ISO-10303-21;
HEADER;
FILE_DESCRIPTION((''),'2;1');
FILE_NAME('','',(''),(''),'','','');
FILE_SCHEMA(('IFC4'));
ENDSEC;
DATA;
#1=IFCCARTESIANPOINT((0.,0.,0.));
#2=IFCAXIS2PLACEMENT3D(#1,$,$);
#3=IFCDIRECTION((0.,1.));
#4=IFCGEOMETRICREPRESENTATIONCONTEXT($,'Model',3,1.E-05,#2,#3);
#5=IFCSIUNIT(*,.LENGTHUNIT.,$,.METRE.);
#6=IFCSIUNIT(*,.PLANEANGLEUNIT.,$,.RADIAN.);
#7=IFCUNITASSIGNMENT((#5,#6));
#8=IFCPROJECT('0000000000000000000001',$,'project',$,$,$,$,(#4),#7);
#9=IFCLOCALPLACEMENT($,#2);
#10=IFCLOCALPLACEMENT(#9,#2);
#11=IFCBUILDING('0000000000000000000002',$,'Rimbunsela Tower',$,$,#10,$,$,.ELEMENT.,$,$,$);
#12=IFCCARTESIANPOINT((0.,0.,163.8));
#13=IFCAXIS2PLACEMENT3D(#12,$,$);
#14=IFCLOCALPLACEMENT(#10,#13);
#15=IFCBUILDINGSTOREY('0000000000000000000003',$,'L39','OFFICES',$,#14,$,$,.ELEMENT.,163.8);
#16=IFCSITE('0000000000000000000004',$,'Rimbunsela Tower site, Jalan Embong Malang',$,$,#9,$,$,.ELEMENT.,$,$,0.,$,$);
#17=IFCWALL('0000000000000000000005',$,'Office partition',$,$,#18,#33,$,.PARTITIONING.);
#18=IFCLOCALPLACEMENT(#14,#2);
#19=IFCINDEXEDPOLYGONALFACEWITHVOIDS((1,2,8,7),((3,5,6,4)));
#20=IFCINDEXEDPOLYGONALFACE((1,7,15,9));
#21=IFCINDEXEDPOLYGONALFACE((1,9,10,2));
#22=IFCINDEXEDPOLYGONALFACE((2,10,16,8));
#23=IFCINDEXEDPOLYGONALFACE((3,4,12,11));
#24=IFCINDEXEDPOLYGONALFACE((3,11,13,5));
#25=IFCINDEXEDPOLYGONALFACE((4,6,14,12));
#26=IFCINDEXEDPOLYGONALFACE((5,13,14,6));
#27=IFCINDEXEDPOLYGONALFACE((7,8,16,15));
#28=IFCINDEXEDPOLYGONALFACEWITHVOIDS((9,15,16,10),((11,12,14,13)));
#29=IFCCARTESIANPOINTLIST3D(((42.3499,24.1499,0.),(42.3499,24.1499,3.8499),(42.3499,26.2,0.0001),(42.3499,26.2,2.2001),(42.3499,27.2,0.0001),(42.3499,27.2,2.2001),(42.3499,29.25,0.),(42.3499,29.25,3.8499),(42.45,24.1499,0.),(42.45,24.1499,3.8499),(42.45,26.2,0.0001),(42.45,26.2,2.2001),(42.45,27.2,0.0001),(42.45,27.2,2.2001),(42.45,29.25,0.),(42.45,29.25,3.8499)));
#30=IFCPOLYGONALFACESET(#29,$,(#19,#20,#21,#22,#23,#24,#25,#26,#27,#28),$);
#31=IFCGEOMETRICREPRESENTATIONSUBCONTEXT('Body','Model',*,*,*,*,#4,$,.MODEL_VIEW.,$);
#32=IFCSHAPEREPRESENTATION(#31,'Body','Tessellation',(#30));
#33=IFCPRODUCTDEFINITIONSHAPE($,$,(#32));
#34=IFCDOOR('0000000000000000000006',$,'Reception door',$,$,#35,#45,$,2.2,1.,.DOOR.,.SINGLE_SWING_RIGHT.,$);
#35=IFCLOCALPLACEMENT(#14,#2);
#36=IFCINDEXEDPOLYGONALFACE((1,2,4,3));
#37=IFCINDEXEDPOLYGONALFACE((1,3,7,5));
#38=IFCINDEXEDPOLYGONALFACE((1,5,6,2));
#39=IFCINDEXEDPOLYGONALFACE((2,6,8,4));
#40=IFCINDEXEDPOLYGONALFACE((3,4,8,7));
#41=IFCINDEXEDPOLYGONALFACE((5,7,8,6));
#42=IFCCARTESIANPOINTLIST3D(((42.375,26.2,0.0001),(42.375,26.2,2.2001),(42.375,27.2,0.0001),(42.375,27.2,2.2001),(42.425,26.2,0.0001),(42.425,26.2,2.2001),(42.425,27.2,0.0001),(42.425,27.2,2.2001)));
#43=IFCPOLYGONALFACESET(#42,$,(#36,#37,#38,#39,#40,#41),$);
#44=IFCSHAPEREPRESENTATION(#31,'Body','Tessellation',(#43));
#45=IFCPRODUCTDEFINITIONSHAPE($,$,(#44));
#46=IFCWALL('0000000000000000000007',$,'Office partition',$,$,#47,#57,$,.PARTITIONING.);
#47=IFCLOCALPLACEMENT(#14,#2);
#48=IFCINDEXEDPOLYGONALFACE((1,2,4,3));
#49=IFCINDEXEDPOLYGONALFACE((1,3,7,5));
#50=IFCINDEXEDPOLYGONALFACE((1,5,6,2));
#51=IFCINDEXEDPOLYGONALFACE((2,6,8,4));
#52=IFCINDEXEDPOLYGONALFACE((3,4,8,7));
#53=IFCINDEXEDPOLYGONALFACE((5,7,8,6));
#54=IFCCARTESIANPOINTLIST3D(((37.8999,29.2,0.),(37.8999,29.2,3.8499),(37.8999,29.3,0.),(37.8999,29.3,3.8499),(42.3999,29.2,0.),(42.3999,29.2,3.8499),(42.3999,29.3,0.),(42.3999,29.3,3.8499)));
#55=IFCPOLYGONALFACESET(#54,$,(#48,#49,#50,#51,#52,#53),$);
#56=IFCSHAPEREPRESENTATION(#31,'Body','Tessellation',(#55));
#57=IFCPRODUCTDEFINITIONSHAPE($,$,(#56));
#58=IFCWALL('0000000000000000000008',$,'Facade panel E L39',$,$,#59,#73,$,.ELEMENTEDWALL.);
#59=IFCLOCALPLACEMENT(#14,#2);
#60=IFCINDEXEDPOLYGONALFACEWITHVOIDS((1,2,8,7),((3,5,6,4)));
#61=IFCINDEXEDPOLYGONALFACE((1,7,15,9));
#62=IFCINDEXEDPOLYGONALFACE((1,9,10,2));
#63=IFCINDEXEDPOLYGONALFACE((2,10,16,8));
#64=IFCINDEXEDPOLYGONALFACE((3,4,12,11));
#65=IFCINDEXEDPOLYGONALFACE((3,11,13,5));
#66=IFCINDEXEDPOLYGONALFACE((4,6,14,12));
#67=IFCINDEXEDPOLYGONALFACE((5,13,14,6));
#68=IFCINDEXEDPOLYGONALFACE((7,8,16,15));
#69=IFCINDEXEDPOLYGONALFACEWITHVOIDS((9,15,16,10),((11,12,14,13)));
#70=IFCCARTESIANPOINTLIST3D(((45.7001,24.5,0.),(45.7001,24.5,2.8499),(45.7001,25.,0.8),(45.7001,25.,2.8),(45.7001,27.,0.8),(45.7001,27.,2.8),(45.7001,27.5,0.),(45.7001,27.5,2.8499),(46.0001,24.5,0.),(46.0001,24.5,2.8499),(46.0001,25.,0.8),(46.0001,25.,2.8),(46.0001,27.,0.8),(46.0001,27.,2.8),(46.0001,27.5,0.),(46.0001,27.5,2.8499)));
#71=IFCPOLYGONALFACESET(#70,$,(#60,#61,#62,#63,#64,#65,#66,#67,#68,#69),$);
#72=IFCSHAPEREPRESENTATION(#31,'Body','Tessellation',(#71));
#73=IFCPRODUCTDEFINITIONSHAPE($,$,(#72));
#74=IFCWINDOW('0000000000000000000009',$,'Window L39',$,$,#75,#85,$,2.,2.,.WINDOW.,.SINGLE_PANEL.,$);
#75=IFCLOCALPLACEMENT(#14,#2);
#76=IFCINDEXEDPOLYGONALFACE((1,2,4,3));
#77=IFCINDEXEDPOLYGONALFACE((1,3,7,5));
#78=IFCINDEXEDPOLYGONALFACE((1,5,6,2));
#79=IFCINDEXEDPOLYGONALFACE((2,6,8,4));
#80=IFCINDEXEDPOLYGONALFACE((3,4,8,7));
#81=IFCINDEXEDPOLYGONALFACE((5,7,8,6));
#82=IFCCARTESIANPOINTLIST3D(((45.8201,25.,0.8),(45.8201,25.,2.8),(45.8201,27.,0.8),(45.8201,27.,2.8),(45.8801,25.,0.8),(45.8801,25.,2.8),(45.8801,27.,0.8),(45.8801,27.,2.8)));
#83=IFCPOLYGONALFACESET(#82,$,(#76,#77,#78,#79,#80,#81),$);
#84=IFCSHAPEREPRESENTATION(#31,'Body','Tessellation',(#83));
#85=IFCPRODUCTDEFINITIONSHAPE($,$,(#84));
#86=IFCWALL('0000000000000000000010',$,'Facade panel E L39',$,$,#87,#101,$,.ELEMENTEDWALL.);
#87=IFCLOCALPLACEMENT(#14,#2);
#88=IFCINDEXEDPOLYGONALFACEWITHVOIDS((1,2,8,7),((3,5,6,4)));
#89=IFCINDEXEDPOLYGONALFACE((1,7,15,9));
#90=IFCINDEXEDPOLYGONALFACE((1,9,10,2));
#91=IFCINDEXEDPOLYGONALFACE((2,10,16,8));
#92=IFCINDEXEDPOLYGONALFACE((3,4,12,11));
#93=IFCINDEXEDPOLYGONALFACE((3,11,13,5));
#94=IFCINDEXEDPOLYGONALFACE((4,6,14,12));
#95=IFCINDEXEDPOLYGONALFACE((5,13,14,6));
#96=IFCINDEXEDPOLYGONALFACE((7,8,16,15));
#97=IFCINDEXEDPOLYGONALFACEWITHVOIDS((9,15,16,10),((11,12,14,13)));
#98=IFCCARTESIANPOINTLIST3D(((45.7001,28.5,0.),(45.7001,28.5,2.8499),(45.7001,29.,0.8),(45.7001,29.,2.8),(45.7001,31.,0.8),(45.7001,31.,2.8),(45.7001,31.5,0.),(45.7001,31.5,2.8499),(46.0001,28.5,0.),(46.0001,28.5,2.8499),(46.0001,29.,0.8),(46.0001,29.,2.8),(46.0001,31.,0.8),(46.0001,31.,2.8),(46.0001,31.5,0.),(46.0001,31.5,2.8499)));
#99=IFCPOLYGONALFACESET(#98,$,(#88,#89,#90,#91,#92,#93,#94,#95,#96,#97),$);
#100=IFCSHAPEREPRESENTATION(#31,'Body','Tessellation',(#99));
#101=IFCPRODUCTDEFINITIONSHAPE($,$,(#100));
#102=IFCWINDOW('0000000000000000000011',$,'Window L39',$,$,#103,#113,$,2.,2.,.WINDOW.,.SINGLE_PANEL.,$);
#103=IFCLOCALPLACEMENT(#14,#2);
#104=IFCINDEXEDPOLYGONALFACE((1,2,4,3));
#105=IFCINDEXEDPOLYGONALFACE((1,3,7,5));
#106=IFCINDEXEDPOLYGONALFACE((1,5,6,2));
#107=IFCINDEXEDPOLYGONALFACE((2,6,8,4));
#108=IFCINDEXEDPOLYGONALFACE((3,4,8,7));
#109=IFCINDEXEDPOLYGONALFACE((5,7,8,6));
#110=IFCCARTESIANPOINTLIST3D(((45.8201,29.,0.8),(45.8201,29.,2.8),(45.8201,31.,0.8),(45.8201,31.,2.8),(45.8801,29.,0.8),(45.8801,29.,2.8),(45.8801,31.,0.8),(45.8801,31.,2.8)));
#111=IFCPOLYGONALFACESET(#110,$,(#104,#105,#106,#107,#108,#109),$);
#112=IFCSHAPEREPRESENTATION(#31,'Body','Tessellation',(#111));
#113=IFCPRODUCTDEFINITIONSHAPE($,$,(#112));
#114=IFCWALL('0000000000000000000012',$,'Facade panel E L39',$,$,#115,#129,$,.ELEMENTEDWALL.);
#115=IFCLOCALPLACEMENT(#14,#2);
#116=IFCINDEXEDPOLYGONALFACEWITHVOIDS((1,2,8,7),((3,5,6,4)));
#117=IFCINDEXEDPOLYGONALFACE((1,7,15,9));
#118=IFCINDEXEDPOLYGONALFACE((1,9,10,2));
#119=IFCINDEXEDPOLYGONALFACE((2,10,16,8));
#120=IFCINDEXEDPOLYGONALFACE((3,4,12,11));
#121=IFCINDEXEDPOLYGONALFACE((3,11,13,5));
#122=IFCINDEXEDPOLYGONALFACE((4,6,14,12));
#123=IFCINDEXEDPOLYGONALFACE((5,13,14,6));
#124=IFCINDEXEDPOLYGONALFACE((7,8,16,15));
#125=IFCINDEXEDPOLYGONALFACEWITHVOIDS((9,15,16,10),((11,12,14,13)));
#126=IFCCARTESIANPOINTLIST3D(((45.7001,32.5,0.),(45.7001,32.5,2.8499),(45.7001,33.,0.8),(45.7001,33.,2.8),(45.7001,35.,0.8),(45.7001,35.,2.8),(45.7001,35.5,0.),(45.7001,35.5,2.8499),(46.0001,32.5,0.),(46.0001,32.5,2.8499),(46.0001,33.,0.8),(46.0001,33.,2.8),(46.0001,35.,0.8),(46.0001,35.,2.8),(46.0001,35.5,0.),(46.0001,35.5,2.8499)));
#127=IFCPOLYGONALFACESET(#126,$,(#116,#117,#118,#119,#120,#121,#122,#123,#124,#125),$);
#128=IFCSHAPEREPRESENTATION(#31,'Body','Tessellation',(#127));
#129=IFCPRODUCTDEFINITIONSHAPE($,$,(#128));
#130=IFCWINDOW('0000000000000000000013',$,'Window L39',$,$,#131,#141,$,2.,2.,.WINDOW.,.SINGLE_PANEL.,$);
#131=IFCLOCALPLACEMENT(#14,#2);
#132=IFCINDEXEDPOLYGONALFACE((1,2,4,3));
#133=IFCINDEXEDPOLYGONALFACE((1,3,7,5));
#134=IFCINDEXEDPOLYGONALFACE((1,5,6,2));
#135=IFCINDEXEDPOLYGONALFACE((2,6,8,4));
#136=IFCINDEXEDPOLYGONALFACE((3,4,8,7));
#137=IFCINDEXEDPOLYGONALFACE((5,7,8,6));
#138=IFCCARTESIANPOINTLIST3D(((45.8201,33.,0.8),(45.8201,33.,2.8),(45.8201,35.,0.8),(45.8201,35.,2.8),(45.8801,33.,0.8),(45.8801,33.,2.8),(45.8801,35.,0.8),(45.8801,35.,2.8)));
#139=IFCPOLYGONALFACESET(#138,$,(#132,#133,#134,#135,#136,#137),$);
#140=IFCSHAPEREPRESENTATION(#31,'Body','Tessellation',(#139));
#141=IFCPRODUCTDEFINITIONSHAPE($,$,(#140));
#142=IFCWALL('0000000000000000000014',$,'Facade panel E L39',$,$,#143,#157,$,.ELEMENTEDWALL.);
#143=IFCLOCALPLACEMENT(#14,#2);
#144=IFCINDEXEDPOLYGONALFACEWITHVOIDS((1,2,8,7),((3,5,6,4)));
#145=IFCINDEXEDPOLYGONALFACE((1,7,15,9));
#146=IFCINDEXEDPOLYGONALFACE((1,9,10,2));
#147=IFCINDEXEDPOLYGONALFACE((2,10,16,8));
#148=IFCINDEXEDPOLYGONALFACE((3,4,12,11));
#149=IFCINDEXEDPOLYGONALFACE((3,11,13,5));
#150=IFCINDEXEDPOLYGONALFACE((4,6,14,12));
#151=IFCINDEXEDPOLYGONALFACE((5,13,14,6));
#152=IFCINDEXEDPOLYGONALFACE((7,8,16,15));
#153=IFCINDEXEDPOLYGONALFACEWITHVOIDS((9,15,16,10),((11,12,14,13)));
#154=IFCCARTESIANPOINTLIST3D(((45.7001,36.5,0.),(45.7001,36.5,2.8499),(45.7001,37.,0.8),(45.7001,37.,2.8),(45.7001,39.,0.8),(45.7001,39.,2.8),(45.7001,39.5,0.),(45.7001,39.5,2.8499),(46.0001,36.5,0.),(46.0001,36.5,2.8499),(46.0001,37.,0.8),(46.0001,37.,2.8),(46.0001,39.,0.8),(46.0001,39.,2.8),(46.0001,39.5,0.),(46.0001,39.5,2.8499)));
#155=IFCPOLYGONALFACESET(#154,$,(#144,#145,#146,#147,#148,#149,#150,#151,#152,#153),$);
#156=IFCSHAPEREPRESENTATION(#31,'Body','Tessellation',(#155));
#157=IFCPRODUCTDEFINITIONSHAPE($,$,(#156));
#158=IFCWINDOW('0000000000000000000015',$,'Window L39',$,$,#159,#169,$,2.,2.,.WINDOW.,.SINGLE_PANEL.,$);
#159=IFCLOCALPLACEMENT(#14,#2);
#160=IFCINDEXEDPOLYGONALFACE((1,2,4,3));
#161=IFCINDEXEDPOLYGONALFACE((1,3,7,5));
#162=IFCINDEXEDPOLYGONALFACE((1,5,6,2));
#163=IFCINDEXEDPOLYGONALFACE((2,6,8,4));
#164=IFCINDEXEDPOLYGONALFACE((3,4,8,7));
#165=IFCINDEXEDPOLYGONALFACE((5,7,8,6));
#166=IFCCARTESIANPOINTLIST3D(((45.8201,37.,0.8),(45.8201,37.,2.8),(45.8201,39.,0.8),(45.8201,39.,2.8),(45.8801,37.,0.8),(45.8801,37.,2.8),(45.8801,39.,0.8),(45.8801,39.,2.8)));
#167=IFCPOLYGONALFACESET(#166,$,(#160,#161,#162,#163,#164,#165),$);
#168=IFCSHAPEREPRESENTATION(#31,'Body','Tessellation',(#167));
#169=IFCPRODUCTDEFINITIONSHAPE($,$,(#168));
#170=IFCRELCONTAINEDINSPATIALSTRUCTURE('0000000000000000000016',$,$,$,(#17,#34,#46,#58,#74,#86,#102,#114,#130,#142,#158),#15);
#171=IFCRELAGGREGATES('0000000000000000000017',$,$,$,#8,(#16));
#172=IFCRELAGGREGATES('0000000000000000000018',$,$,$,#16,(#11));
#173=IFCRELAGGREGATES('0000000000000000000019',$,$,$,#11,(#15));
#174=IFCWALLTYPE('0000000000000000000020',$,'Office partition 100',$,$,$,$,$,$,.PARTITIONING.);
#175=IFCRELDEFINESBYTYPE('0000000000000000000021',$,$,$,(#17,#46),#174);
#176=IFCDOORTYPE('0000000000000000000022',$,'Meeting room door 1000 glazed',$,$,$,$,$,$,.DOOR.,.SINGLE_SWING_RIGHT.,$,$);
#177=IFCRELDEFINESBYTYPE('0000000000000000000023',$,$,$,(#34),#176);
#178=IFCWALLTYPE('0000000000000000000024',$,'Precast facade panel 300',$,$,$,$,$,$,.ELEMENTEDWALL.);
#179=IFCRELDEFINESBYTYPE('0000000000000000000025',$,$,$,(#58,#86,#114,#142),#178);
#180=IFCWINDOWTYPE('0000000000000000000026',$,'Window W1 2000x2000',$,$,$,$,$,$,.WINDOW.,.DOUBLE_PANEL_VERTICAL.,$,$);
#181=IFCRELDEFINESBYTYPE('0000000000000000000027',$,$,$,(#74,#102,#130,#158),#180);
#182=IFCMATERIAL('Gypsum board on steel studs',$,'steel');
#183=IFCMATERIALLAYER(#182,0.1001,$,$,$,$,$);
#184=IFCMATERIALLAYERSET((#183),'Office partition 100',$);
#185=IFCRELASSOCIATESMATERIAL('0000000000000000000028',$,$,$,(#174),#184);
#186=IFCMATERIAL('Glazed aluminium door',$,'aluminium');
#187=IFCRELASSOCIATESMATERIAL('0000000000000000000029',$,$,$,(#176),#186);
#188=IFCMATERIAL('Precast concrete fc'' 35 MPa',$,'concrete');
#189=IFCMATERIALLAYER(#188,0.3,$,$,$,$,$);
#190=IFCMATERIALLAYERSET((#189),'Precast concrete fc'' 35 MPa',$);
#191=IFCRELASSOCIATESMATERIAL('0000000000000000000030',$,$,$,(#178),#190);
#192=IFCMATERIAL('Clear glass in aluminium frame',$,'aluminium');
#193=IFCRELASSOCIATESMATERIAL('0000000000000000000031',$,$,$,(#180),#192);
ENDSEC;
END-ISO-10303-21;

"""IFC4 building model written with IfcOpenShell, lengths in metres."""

from ifc_helpers import new_model, si_unit, direction, frame, frame_2d, origin, place, context, subcontext, project, spatial, rectangle, extrude, material, layer, layer_set, type_object, element, fill, save


model = new_model("IFC4")

# Units and contexts
model_context = context("Model", 3, precision=1e-05, world=origin(), true_north=direction((0.0, 1.0)))
body_context = subcontext(model_context, "Body", "Model", "MODEL_VIEW")
ifc_project = project(units=[si_unit("LENGTHUNIT", "METRE"), si_unit("PLANEANGLEUNIT", "RADIAN")], contexts=[model_context])

# Site, building, storey
site_placement = place(None, origin())
site = spatial("IfcSite", under=ifc_project, at=site_placement, Name="Rimbunsela Tower site, Jalan Embong Malang", CompositionType="ELEMENT", RefElevation=0.0)
building_placement = place(site_placement, origin())
building = spatial("IfcBuilding", under=site, at=building_placement, Name="Rimbunsela Tower", CompositionType="ELEMENT")
storey_placement = place(building_placement, frame((0.0, 0.0, 163.8)))
storey = spatial("IfcBuildingStorey", under=building, at=storey_placement, Name="L39", Description="OFFICES", CompositionType="ELEMENT", Elevation=163.8)

# Wall, opening, door
ifc_material_1 = material(Name="Gypsum board on steel studs", Category="steel")
ifc_layer_1 = layer(ifc_material_1, 0.1001)
ifc_layer_set_1 = layer_set([ifc_layer_1], Name="Office partition 100")
wall_type_1 = type_object("IfcWallType", Name="Office partition 100", PredefinedType="PARTITIONING", material=ifc_layer_set_1)
wall_1_placement = place(storey_placement, frame((42.3999, 24.1499, 0.0), z_axis=(0.0, 0.0, 1.0), x_axis=(0.0, 1.0, 0.0)))
wall_1 = element("IfcWall", 1, at=wall_1_placement, inside=storey, type_object=wall_type_1, Name="Office partition", PredefinedType="PARTITIONING", context=body_context, shape_type="SweptSolid", body=[
    extrude(rectangle(XDim=5.1001, YDim=0.1001, at=frame_2d((2.55, 0.0))), origin(), (0.0, 0.0, 1.0), 3.8499),
])
opening_1_placement = place(wall_1_placement, frame((2.05, 0.0, 0.0)))
opening_1 = element("IfcOpeningElement", 2, at=opening_1_placement, cuts=wall_1, PredefinedType="OPENING", context=body_context, shape_type="SweptSolid", body=[
    extrude(rectangle(XDim=1.0, YDim=2.2, at=frame_2d((0.5, 1.1001))), frame((0.0, 0.0601, 0.0), z_axis=(0.0, -1.0, 0.0), x_axis=(1.0, 0.0, 0.0)), (0.0, 0.0, 1.0), 0.1201),
])
ifc_material_2 = material(Name="Glazed aluminium door", Category="aluminium")
door_type = type_object("IfcDoorType", Name="Meeting room door 1000 glazed", OperationType="SINGLE_SWING_RIGHT", PredefinedType="DOOR", material=ifc_material_2)
door_placement = place(opening_1_placement, origin())
door = element("IfcDoor", 3, at=door_placement, inside=storey, type_object=door_type, Name="Reception door", OperationType="SINGLE_SWING_RIGHT", OverallHeight=2.2, OverallWidth=1.0, PredefinedType="DOOR", context=body_context, shape_type="SweptSolid", body=[
    extrude(rectangle(XDim=1.0, YDim=2.2, at=frame_2d((0.5, 1.1001))), frame((0.0, 0.0249, 0.0), z_axis=(0.0, -1.0, 0.0), x_axis=(1.0, 0.0, 0.0)), (0.0, 0.0, 1.0), 0.05),
])
fill(opening_1, door)

# Wall
wall_2_placement = place(storey_placement, frame((42.3999, 29.25, 0.0), z_axis=(0.0, 0.0, 1.0), x_axis=(-1.0, 0.0, 0.0)))
element("IfcWall", 4, at=wall_2_placement, inside=storey, type_object=wall_type_1, Name="Office partition", PredefinedType="PARTITIONING", context=body_context, shape_type="SweptSolid", body=[
    extrude(rectangle(XDim=4.5, YDim=0.1001, at=frame_2d((2.25, 0.0))), origin(), (0.0, 0.0, 1.0), 3.8499),
])

# Walls, openings, windows
ifc_material_3 = material(Name="Precast concrete fc' 35 MPa", Category="concrete")
ifc_layer_2 = layer(ifc_material_3, 0.3)
ifc_layer_set_2 = layer_set([ifc_layer_2], Name="Precast concrete fc' 35 MPa")
wall_type_2 = type_object("IfcWallType", Name="Precast facade panel 300", PredefinedType="ELEMENTEDWALL", material=ifc_layer_set_2)
wall_3_placement = place(storey_placement, frame((45.8501, 24.5, 0.0), z_axis=(0.0, 0.0, 1.0), x_axis=(0.0, 1.0, 0.0)))
wall_3 = element("IfcWall", 5, at=wall_3_placement, inside=storey, type_object=wall_type_2, Name="Facade panel E L39", PredefinedType="ELEMENTEDWALL", context=body_context, shape_type="SweptSolid", body=[
    extrude(rectangle(XDim=3.0, YDim=0.3, at=frame_2d((1.5, 0.0))), origin(), (0.0, 0.0, 1.0), 2.8499),
])
opening_2_placement = place(wall_3_placement, frame((0.5, 0.0, 0.8)))
opening_2 = element("IfcOpeningElement", 6, at=opening_2_placement, cuts=wall_3, PredefinedType="OPENING", context=body_context, shape_type="SweptSolid", body=[
    extrude(rectangle(XDim=2.0, YDim=2.0, at=frame_2d((1.0, 1.0))), frame((0.0, 0.1599, 0.0), z_axis=(0.0, -1.0, 0.0), x_axis=(1.0, 0.0, 0.0)), (0.0, 0.0, 1.0), 0.3201),
])
ifc_material_4 = material(Name="Clear glass in aluminium frame", Category="aluminium")
window_type = type_object("IfcWindowType", Name="Window W1 2000x2000", PartitioningType="DOUBLE_PANEL_VERTICAL", PredefinedType="WINDOW", material=ifc_material_4)
window_1_placement = place(opening_2_placement, origin())
window_1 = element("IfcWindow", 7, at=window_1_placement, inside=storey, type_object=window_type, Name="Window L39", OverallHeight=2.0, OverallWidth=2.0, PartitioningType="SINGLE_PANEL", PredefinedType="WINDOW", context=body_context, shape_type="SweptSolid", body=[
    extrude(rectangle(XDim=2.0, YDim=2.0, at=frame_2d((1.0, 1.0))), frame((0.0, 0.03, 0.0), z_axis=(0.0, -1.0, 0.0), x_axis=(1.0, 0.0, 0.0)), (0.0, 0.0, 1.0), 0.0601),
])
fill(opening_2, window_1)
wall_4_placement = place(storey_placement, frame((45.8501, 28.5, 0.0), z_axis=(0.0, 0.0, 1.0), x_axis=(0.0, 1.0, 0.0)))
wall_4 = element("IfcWall", 8, at=wall_4_placement, inside=storey, type_object=wall_type_2, Name="Facade panel E L39", PredefinedType="ELEMENTEDWALL", context=body_context, shape_type="SweptSolid", body=[
    extrude(rectangle(XDim=3.0, YDim=0.3, at=frame_2d((1.5, 0.0))), origin(), (0.0, 0.0, 1.0), 2.8499),
])
opening_3_placement = place(wall_4_placement, frame((0.5, 0.0, 0.8)))
opening_3 = element("IfcOpeningElement", 9, at=opening_3_placement, cuts=wall_4, PredefinedType="OPENING", context=body_context, shape_type="SweptSolid", body=[
    extrude(rectangle(XDim=2.0, YDim=2.0, at=frame_2d((1.0, 1.0))), frame((0.0, 0.1599, 0.0), z_axis=(0.0, -1.0, 0.0), x_axis=(1.0, 0.0, 0.0)), (0.0, 0.0, 1.0), 0.3201),
])
window_2_placement = place(opening_3_placement, origin())
window_2 = element("IfcWindow", 10, at=window_2_placement, inside=storey, type_object=window_type, Name="Window L39", OverallHeight=2.0, OverallWidth=2.0, PartitioningType="SINGLE_PANEL", PredefinedType="WINDOW", context=body_context, shape_type="SweptSolid", body=[
    extrude(rectangle(XDim=2.0, YDim=2.0, at=frame_2d((1.0, 1.0))), frame((0.0, 0.03, 0.0), z_axis=(0.0, -1.0, 0.0), x_axis=(1.0, 0.0, 0.0)), (0.0, 0.0, 1.0), 0.0601),
])
fill(opening_3, window_2)
wall_5_placement = place(storey_placement, frame((45.8501, 32.5, 0.0), z_axis=(0.0, 0.0, 1.0), x_axis=(0.0, 1.0, 0.0)))
wall_5 = element("IfcWall", 11, at=wall_5_placement, inside=storey, type_object=wall_type_2, Name="Facade panel E L39", PredefinedType="ELEMENTEDWALL", context=body_context, shape_type="SweptSolid", body=[
    extrude(rectangle(XDim=3.0, YDim=0.3, at=frame_2d((1.5, 0.0))), origin(), (0.0, 0.0, 1.0), 2.8499),
])
opening_4_placement = place(wall_5_placement, frame((0.5, 0.0, 0.8)))
opening_4 = element("IfcOpeningElement", 12, at=opening_4_placement, cuts=wall_5, PredefinedType="OPENING", context=body_context, shape_type="SweptSolid", body=[
    extrude(rectangle(XDim=2.0, YDim=2.0, at=frame_2d((1.0, 1.0))), frame((0.0, 0.1599, 0.0), z_axis=(0.0, -1.0, 0.0), x_axis=(1.0, 0.0, 0.0)), (0.0, 0.0, 1.0), 0.3201),
])
window_3_placement = place(opening_4_placement, origin())
window_3 = element("IfcWindow", 13, at=window_3_placement, inside=storey, type_object=window_type, Name="Window L39", OverallHeight=2.0, OverallWidth=2.0, PartitioningType="SINGLE_PANEL", PredefinedType="WINDOW", context=body_context, shape_type="SweptSolid", body=[
    extrude(rectangle(XDim=2.0, YDim=2.0, at=frame_2d((1.0, 1.0))), frame((0.0, 0.03, 0.0), z_axis=(0.0, -1.0, 0.0), x_axis=(1.0, 0.0, 0.0)), (0.0, 0.0, 1.0), 0.0601),
])
fill(opening_4, window_3)
wall_6_placement = place(storey_placement, frame((45.8501, 36.5, 0.0), z_axis=(0.0, 0.0, 1.0), x_axis=(0.0, 1.0, 0.0)))
wall_6 = element("IfcWall", 14, at=wall_6_placement, inside=storey, type_object=wall_type_2, Name="Facade panel E L39", PredefinedType="ELEMENTEDWALL", context=body_context, shape_type="SweptSolid", body=[
    extrude(rectangle(XDim=3.0, YDim=0.3, at=frame_2d((1.5, 0.0))), origin(), (0.0, 0.0, 1.0), 2.8499),
])
opening_5_placement = place(wall_6_placement, frame((0.5, 0.0, 0.8)))
opening_5 = element("IfcOpeningElement", 15, at=opening_5_placement, cuts=wall_6, PredefinedType="OPENING", context=body_context, shape_type="SweptSolid", body=[
    extrude(rectangle(XDim=2.0, YDim=2.0, at=frame_2d((1.0, 1.0))), frame((0.0, 0.1599, 0.0), z_axis=(0.0, -1.0, 0.0), x_axis=(1.0, 0.0, 0.0)), (0.0, 0.0, 1.0), 0.3201),
])
window_4_placement = place(opening_5_placement, origin())
window_4 = element("IfcWindow", 16, at=window_4_placement, inside=storey, type_object=window_type, Name="Window L39", OverallHeight=2.0, OverallWidth=2.0, PartitioningType="SINGLE_PANEL", PredefinedType="WINDOW", context=body_context, shape_type="SweptSolid", body=[
    extrude(rectangle(XDim=2.0, YDim=2.0, at=frame_2d((1.0, 1.0))), frame((0.0, 0.03, 0.0), z_axis=(0.0, -1.0, 0.0), x_axis=(1.0, 0.0, 0.0)), (0.0, 0.0, 1.0), 0.0601),
])
fill(opening_5, window_4)

save(model, "model.ifc")
